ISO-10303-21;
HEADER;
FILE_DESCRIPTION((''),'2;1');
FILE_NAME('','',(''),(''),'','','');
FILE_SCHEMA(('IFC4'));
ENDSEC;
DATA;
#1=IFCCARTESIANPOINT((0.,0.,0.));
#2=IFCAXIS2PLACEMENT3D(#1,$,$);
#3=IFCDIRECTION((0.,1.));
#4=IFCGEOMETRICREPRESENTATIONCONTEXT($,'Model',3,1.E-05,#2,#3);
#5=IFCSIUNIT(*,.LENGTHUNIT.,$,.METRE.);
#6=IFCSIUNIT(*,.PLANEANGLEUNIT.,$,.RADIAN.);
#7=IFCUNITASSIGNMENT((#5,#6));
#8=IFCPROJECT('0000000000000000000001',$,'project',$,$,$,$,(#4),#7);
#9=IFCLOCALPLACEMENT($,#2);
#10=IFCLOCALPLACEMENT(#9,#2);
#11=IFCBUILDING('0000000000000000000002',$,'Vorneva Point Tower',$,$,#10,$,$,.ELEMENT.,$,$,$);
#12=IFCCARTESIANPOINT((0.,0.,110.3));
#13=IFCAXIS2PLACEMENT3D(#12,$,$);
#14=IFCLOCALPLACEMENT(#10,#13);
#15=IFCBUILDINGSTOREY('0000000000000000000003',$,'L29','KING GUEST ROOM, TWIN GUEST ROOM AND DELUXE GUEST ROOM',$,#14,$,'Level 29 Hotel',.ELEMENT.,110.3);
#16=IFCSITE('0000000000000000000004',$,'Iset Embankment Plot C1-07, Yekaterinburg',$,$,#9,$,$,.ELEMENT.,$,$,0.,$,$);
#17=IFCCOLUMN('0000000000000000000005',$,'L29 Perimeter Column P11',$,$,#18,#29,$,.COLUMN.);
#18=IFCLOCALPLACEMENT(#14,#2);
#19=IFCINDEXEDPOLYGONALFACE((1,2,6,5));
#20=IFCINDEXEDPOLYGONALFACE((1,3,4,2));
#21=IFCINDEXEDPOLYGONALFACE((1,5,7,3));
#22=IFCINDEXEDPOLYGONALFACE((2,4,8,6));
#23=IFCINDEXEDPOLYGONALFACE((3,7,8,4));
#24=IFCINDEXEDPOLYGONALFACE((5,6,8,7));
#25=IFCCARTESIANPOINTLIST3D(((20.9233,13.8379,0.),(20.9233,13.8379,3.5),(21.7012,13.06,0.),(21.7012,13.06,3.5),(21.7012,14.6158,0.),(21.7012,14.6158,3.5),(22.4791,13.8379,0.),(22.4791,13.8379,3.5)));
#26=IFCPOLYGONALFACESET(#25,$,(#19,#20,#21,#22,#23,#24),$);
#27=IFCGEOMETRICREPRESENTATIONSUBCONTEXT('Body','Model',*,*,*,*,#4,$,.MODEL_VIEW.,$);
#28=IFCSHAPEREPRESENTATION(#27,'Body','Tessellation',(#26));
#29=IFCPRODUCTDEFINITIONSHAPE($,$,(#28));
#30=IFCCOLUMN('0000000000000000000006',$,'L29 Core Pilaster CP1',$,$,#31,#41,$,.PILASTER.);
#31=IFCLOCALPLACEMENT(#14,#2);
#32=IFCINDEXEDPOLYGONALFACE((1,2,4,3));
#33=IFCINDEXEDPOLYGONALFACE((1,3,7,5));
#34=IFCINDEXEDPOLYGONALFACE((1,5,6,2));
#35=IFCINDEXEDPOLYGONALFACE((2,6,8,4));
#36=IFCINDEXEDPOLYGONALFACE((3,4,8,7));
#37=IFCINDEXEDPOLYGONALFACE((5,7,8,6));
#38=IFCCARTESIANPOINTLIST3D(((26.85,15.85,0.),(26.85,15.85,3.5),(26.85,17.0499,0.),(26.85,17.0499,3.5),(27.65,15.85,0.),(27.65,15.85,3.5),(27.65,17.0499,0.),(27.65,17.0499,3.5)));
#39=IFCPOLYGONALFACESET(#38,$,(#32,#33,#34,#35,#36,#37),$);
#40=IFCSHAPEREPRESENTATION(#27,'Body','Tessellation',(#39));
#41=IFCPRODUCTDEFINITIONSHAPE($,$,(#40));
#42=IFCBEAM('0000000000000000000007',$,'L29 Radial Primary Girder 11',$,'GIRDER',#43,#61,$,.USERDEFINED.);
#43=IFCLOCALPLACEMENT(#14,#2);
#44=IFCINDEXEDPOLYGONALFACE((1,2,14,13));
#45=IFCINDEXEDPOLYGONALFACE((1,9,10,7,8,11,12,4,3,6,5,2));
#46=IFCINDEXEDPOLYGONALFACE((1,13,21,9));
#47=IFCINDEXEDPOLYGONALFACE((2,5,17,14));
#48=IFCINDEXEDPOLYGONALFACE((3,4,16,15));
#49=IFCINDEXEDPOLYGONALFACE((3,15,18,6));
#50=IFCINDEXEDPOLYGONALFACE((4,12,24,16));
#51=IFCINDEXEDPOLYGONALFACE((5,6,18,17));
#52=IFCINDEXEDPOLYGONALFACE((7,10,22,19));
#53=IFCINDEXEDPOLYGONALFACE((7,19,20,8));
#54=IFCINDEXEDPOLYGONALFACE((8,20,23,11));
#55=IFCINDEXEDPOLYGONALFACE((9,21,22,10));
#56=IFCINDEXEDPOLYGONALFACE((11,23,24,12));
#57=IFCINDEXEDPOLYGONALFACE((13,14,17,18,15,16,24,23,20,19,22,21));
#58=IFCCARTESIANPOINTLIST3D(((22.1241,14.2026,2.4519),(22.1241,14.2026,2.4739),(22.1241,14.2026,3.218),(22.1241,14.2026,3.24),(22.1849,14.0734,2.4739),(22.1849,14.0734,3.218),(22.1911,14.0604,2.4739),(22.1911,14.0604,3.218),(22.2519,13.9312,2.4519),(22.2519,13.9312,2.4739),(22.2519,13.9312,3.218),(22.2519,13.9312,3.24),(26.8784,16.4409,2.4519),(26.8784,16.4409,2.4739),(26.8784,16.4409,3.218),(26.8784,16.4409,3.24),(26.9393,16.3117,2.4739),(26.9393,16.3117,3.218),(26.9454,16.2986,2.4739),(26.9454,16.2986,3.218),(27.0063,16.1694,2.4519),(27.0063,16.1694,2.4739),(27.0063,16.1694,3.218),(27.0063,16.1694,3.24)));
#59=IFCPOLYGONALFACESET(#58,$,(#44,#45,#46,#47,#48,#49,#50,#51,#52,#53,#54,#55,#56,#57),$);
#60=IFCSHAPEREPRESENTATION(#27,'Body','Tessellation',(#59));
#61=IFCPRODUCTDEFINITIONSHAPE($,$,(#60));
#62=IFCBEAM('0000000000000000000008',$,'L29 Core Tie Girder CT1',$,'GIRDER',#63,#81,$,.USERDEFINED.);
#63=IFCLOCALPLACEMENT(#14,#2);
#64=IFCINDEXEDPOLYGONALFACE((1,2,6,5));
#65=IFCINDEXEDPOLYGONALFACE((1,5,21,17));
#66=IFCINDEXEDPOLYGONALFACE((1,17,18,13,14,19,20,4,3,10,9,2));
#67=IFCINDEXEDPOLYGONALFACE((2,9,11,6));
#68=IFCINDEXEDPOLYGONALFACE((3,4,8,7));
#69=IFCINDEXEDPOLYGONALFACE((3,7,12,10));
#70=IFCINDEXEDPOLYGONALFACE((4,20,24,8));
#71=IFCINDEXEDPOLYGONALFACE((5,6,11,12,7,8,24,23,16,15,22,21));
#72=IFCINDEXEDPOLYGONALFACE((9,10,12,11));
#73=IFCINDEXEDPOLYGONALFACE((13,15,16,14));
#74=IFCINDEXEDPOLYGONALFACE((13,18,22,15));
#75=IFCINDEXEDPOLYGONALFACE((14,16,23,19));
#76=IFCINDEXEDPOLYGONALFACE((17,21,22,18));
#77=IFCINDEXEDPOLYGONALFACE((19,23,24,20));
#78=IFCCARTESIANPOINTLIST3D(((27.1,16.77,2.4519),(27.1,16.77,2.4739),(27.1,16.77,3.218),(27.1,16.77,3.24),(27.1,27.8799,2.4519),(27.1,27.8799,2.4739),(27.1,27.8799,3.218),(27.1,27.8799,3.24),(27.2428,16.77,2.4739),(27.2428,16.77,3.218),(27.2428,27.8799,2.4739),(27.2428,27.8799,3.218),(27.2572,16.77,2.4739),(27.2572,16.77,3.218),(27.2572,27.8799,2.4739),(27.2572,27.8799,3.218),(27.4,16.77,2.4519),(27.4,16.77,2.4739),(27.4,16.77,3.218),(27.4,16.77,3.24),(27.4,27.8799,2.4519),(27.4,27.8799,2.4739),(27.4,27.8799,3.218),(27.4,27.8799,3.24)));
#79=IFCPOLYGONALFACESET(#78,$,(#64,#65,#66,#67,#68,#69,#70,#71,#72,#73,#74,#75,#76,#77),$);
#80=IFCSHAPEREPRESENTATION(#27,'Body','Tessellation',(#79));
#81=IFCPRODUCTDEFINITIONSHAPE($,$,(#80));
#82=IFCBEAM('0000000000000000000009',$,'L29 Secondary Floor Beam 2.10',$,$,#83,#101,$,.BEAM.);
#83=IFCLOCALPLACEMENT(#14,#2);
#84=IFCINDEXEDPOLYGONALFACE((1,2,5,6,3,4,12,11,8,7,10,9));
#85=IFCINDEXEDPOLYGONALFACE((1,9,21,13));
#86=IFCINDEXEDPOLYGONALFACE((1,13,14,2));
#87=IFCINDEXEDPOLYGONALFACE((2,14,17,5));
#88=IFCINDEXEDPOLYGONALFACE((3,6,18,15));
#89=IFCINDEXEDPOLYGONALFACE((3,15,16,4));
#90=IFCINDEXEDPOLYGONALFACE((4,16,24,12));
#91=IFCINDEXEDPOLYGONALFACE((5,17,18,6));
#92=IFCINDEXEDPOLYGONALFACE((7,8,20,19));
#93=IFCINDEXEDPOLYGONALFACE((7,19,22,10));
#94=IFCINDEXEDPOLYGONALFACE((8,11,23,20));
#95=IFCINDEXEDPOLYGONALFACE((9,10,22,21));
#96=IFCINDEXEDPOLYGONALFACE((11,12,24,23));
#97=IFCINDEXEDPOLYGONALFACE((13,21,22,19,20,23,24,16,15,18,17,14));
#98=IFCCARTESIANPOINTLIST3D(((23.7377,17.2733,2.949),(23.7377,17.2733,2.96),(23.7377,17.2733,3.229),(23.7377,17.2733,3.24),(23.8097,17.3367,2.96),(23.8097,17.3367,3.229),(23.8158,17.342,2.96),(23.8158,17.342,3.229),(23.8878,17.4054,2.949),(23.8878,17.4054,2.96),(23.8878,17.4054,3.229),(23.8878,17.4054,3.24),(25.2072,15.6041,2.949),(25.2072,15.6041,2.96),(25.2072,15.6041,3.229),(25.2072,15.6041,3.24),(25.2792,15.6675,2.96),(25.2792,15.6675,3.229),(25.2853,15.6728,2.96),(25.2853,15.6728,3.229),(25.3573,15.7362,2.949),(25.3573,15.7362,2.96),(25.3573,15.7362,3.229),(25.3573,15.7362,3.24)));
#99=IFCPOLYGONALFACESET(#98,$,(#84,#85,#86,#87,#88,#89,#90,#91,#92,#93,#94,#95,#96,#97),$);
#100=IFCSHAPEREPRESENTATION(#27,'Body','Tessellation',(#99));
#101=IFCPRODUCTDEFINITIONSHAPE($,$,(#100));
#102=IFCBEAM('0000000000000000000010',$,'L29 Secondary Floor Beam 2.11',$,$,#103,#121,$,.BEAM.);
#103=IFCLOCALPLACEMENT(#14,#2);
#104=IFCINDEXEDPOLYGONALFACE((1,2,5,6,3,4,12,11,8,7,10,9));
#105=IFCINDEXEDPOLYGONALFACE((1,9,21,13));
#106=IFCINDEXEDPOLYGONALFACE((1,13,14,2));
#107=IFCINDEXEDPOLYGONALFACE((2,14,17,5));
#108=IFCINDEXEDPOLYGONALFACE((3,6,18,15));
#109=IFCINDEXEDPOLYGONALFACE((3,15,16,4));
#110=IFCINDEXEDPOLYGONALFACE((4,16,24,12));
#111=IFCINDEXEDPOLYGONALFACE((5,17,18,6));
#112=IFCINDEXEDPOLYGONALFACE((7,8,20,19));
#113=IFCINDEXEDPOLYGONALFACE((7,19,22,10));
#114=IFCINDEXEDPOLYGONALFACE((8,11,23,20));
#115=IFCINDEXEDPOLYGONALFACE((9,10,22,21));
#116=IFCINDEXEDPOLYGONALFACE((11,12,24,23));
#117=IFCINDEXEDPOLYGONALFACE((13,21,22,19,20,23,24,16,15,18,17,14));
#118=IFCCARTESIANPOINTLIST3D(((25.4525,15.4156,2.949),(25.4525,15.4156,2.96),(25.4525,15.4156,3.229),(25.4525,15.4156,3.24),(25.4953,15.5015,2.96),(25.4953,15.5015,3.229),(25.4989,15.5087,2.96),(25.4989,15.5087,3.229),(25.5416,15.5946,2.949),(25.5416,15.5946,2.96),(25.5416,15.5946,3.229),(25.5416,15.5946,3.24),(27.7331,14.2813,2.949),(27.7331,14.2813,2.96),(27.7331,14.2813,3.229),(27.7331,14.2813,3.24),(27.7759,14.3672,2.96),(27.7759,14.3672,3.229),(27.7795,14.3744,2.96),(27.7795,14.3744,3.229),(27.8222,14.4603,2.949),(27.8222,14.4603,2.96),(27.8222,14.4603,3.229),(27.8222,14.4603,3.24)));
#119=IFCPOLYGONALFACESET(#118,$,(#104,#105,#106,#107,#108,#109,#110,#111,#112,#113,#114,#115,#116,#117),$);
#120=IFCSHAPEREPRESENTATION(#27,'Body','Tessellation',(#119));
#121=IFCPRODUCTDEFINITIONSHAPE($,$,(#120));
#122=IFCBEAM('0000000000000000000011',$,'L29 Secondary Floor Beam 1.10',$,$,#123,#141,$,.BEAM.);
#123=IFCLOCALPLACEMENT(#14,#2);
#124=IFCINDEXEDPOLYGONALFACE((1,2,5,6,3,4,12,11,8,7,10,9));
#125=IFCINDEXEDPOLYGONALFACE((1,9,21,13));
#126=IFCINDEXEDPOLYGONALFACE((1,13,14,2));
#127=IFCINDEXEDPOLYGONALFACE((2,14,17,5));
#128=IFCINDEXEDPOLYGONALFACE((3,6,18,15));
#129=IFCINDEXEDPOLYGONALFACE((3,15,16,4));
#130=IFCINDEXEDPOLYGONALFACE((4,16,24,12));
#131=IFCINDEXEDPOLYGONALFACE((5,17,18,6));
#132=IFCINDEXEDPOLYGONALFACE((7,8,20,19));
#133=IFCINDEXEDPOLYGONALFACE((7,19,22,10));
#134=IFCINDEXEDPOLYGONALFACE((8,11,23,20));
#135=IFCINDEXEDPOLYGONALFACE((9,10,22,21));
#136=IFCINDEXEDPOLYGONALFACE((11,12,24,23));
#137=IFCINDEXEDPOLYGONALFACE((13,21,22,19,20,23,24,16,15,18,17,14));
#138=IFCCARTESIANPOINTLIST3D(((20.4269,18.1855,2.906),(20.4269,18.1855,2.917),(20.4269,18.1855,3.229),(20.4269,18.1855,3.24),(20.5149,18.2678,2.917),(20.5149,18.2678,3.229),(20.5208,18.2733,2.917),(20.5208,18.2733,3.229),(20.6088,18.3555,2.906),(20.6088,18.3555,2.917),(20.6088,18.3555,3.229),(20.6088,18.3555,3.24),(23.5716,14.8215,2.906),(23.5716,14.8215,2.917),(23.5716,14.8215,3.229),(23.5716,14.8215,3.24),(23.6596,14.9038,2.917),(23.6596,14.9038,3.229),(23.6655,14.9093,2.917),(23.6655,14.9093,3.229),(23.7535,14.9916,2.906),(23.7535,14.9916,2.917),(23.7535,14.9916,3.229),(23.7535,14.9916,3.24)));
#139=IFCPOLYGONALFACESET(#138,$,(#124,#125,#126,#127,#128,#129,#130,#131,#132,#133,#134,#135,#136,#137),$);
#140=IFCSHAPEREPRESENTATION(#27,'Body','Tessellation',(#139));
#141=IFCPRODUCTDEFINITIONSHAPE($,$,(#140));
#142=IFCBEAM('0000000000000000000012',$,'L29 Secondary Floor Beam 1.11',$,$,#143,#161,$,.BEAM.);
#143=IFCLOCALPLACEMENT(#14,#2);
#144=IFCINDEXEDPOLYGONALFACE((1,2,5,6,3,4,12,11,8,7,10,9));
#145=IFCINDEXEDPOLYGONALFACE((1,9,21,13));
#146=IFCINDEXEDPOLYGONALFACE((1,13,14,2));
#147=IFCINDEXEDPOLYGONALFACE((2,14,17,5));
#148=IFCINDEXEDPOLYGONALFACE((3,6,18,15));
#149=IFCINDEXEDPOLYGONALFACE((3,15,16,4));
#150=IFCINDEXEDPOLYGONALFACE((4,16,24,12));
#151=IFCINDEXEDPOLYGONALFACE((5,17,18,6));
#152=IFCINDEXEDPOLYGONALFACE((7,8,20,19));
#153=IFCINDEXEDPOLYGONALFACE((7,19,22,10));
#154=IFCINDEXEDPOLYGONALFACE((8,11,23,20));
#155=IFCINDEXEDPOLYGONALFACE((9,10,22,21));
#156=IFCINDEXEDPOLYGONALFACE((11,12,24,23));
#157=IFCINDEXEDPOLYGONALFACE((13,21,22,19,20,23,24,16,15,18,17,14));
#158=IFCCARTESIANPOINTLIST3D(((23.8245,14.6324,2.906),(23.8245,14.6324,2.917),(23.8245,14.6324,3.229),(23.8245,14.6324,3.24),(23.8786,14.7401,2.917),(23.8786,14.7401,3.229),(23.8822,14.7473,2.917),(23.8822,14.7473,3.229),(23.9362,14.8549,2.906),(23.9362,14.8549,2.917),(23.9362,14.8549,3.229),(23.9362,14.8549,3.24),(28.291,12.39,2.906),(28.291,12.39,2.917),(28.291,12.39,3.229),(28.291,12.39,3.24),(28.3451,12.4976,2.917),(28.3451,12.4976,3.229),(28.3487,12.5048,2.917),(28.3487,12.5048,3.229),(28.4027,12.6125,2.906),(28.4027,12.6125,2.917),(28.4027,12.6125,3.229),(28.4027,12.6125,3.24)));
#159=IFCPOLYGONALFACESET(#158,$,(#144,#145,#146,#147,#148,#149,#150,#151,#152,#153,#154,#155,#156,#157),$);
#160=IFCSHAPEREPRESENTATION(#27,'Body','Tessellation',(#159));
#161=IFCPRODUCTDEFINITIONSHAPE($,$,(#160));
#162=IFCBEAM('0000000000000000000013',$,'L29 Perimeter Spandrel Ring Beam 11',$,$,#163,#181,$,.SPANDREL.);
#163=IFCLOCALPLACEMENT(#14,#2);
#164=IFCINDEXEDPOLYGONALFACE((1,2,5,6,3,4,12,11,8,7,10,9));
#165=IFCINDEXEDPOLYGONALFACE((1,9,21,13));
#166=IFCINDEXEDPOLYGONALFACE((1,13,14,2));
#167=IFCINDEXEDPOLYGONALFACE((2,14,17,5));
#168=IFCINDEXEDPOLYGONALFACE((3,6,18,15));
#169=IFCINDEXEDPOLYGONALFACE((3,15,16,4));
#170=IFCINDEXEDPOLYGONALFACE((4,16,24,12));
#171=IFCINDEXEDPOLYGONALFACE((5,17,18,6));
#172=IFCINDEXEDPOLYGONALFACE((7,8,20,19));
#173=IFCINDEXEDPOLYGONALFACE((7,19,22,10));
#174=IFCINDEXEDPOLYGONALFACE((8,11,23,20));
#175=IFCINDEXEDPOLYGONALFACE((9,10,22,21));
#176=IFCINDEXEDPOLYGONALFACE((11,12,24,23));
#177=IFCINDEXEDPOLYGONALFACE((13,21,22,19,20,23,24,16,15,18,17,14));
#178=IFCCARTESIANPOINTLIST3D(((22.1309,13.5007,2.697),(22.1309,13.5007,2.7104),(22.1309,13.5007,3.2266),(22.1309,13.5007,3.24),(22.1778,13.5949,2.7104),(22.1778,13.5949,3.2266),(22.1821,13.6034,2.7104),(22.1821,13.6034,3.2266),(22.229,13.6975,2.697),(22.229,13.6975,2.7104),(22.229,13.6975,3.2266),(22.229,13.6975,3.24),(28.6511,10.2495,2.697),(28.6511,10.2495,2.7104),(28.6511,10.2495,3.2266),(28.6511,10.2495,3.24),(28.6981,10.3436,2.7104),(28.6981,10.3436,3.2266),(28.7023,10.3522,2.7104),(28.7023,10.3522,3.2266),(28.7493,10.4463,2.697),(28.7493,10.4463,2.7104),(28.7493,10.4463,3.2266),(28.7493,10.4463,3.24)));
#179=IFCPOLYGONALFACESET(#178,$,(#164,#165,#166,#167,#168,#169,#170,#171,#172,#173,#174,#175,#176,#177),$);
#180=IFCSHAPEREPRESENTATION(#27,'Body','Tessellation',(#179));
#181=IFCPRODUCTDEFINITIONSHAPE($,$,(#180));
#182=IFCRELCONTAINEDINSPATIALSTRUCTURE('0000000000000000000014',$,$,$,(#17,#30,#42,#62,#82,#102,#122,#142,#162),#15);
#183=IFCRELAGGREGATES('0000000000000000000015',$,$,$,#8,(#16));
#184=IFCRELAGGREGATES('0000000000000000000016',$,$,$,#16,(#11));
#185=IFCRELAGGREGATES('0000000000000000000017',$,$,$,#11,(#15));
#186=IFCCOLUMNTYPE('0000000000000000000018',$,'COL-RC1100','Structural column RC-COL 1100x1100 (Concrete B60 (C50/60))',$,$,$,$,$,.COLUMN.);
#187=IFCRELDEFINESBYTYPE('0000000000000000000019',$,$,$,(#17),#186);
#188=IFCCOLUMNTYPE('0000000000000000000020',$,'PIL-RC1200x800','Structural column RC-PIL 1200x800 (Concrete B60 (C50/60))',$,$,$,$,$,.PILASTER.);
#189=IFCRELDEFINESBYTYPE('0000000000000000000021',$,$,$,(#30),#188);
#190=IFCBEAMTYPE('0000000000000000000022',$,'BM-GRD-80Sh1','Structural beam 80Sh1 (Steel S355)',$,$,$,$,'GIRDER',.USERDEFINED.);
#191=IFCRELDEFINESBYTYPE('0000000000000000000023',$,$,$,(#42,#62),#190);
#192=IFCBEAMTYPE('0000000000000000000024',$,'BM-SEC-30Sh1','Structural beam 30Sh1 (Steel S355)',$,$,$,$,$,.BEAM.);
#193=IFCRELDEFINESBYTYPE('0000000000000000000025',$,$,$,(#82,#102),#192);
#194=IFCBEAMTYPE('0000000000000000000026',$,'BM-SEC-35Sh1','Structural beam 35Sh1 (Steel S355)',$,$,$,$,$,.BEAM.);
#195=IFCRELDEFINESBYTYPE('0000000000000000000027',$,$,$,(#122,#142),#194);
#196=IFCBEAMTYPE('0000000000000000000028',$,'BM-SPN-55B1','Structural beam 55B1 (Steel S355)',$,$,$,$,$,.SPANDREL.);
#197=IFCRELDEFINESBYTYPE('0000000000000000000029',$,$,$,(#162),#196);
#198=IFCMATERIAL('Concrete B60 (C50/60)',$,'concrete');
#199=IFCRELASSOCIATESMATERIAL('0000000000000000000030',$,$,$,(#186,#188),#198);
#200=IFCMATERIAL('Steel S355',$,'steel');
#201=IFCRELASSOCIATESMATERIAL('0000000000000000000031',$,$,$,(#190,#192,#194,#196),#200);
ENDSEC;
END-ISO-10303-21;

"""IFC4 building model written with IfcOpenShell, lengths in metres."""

from ifc_helpers import new_model, si_unit, direction, frame, origin, origin_2d, place, context, subcontext, project, spatial, rectangle, i_section, extrude, material, material_profile, profile_set, type_object, element, save


model = new_model("IFC4")

# Units and contexts
model_context = context("Model", 3, precision=1e-05, world=origin(), true_north=direction((0.0, 1.0)))
body_context = subcontext(model_context, "Body", "Model", "MODEL_VIEW")
ifc_project = project(units=[si_unit("LENGTHUNIT", "METRE"), si_unit("PLANEANGLEUNIT", "RADIAN")], contexts=[model_context])

# Site, building, storey
site_placement = place(None, origin())
site = spatial("IfcSite", under=ifc_project, at=site_placement, Name="Iset Embankment Plot C1-07, Yekaterinburg", CompositionType="ELEMENT", RefElevation=0.0)
building_placement = place(site_placement, origin())
building = spatial("IfcBuilding", under=site, at=building_placement, Name="Vorneva Point Tower", CompositionType="ELEMENT")
storey_placement = place(building_placement, frame((0.0, 0.0, 110.3)))
storey = spatial("IfcBuildingStorey", under=building, at=storey_placement, Name="L29", Description="KING GUEST ROOM, TWIN GUEST ROOM AND DELUXE GUEST ROOM", LongName="Level 29 Hotel", CompositionType="ELEMENT", Elevation=110.3)

# Columns
ifc_material_1 = material(Name="Concrete B60 (C50/60)", Category="concrete")
ifc_material_profile_1 = material_profile(ifc_material_1, rectangle(XDim=1.1001, YDim=1.1001, at=origin_2d()), Name="RC-COL 1100x1100")
ifc_profile_set_1 = profile_set([ifc_material_profile_1], Name="Concrete B60 (C50/60)")
column_type_1 = type_object("IfcColumnType", Name="COL-RC1100", Description="Structural column RC-COL 1100x1100 (Concrete B60 (C50/60))", PredefinedType="COLUMN", material=ifc_profile_set_1)
column_1_placement = place(storey_placement, frame((21.7012, 13.8379, 0.0), z_axis=(0.0, 0.0, 1.0), x_axis=(-0.707107, -0.707107, 0.0)))
element("IfcColumn", 1, at=column_1_placement, inside=storey, type_object=column_type_1, Name="L29 Perimeter Column P11", PredefinedType="COLUMN", context=body_context, shape_type="SweptSolid", body=[
    extrude(rectangle(XDim=1.1001, YDim=1.1001, at=origin_2d()), origin(), (0.0, 0.0, 1.0), 3.5),
])
ifc_material_profile_2 = material_profile(ifc_material_1, rectangle(XDim=0.8, YDim=1.2, at=origin_2d()), Name="RC-PIL 1200x800")
ifc_profile_set_2 = profile_set([ifc_material_profile_2], Name="Concrete B60 (C50/60)")
column_type_2 = type_object("IfcColumnType", Name="PIL-RC1200x800", Description="Structural column RC-PIL 1200x800 (Concrete B60 (C50/60))", PredefinedType="PILASTER", material=ifc_profile_set_2)
column_2_placement = place(storey_placement, frame((27.25, 16.45, 0.0), z_axis=(0.0, 0.0, 1.0), x_axis=(1.0, 0.0, 0.0)))
element("IfcColumn", 2, at=column_2_placement, inside=storey, type_object=column_type_2, Name="L29 Core Pilaster CP1", PredefinedType="PILASTER", context=body_context, shape_type="SweptSolid", body=[
    extrude(rectangle(XDim=0.8, YDim=1.2, at=origin_2d()), origin(), (0.0, 0.0, 1.0), 3.5),
])

# Beams
ifc_material_2 = material(Name="Steel S355", Category="steel")
ifc_material_profile_3 = material_profile(ifc_material_2, i_section(OverallWidth=0.3, OverallDepth=0.7881, WebThickness=0.0144, FlangeThickness=0.022, at=origin_2d()), Name="80Sh1")
ifc_profile_set_3 = profile_set([ifc_material_profile_3], Name="Steel S355")
beam_type_1 = type_object("IfcBeamType", Name="BM-GRD-80Sh1", Description="Structural beam 80Sh1 (Steel S355)", ElementType="GIRDER", PredefinedType="USERDEFINED", material=ifc_profile_set_3)
beam_1_placement = place(storey_placement, frame((22.188, 14.0669, 2.8459), z_axis=(0.904751, 0.42594, 0.0), x_axis=(-0.42594, 0.904751, 0.0)))
element("IfcBeam", 3, at=beam_1_placement, inside=storey, type_object=beam_type_1, Name="L29 Radial Primary Girder 11", ObjectType="GIRDER", PredefinedType="USERDEFINED", context=body_context, shape_type="SweptSolid", body=[
    extrude(i_section(OverallWidth=0.3, OverallDepth=0.7881, WebThickness=0.0144, FlangeThickness=0.022, at=origin_2d()), origin(), (0.0, 0.0, 1.0), 5.2549),
])
beam_2_placement = place(storey_placement, frame((27.25, 16.77, 2.8459), z_axis=(0.0, 1.0, 0.0), x_axis=(-1.0, 0.0, 0.0)))
element("IfcBeam", 4, at=beam_2_placement, inside=storey, type_object=beam_type_1, Name="L29 Core Tie Girder CT1", ObjectType="GIRDER", PredefinedType="USERDEFINED", context=body_context, shape_type="SweptSolid", body=[
    extrude(i_section(OverallWidth=0.3, OverallDepth=0.7881, WebThickness=0.0144, FlangeThickness=0.022, at=origin_2d()), origin(), (0.0, 0.0, 1.0), 11.1099),
])
ifc_material_profile_4 = material_profile(ifc_material_2, i_section(OverallWidth=0.2, OverallDepth=0.291, WebThickness=0.0081, FlangeThickness=0.011, at=origin_2d()), Name="30Sh1")
ifc_profile_set_4 = profile_set([ifc_material_profile_4], Name="Steel S355")
beam_type_2 = type_object("IfcBeamType", Name="BM-SEC-30Sh1", Description="Structural beam 30Sh1 (Steel S355)", PredefinedType="BEAM", material=ifc_profile_set_4)
beam_3_placement = place(storey_placement, frame((23.8127, 17.3394, 3.0945), z_axis=(0.660779, -0.750581, 0.0), x_axis=(0.750581, 0.660779, 0.0)))
element("IfcBeam", 5, at=beam_3_placement, inside=storey, type_object=beam_type_2, Name="L29 Secondary Floor Beam 2.10", PredefinedType="BEAM", context=body_context, shape_type="SweptSolid", body=[
    extrude(i_section(OverallWidth=0.2, OverallDepth=0.291, WebThickness=0.0081, FlangeThickness=0.011, at=origin_2d()), origin(), (0.0, 0.0, 1.0), 2.2239),
])
beam_4_placement = place(storey_placement, frame((25.4971, 15.5051, 3.0945), z_axis=(0.895365, -0.445334, 0.0), x_axis=(0.445334, 0.895365, 0.0)))
element("IfcBeam", 6, at=beam_4_placement, inside=storey, type_object=beam_type_2, Name="L29 Secondary Floor Beam 2.11", PredefinedType="BEAM", context=body_context, shape_type="SweptSolid", body=[
    extrude(i_section(OverallWidth=0.2, OverallDepth=0.291, WebThickness=0.0081, FlangeThickness=0.011, at=origin_2d()), origin(), (0.0, 0.0, 1.0), 2.5471),
])
ifc_material_profile_5 = material_profile(ifc_material_2, i_section(OverallWidth=0.249, OverallDepth=0.334, WebThickness=0.0081, FlangeThickness=0.011, at=origin_2d()), Name="35Sh1")
ifc_profile_set_5 = profile_set([ifc_material_profile_5], Name="Steel S355")
beam_type_3 = type_object("IfcBeamType", Name="BM-SEC-35Sh1", Description="Structural beam 35Sh1 (Steel S355)", PredefinedType="BEAM", material=ifc_profile_set_5)
beam_5_placement = place(storey_placement, frame((20.5178, 18.2705, 3.073), z_axis=(0.682902, -0.73051, 0.0), x_axis=(0.73051, 0.682902, 0.0)))
element("IfcBeam", 7, at=beam_5_placement, inside=storey, type_object=beam_type_3, Name="L29 Secondary Floor Beam 1.10", PredefinedType="BEAM", context=body_context, shape_type="SweptSolid", body=[
    extrude(i_section(OverallWidth=0.249, OverallDepth=0.334, WebThickness=0.0081, FlangeThickness=0.011, at=origin_2d()), origin(), (0.0, 0.0, 1.0), 4.605),
])
beam_6_placement = place(storey_placement, frame((23.8804, 14.7437, 3.073), z_axis=(0.893693, -0.448678, 0.0), x_axis=(0.448678, 0.893693, 0.0)))
element("IfcBeam", 8, at=beam_6_placement, inside=storey, type_object=beam_type_3, Name="L29 Secondary Floor Beam 1.11", PredefinedType="BEAM", context=body_context, shape_type="SweptSolid", body=[
    extrude(i_section(OverallWidth=0.249, OverallDepth=0.334, WebThickness=0.0081, FlangeThickness=0.011, at=origin_2d()), origin(), (0.0, 0.0, 1.0), 4.9978),
])
ifc_material_profile_6 = material_profile(ifc_material_2, i_section(OverallWidth=0.22, OverallDepth=0.543, WebThickness=0.0095, FlangeThickness=0.0134, at=origin_2d()), Name="55B1")
ifc_profile_set_6 = profile_set([ifc_material_profile_6], Name="Steel S355")
beam_type_4 = type_object("IfcBeamType", Name="BM-SPN-55B1", Description="Structural beam 55B1 (Steel S355)", PredefinedType="SPANDREL", material=ifc_profile_set_6)
beam_7_placement = place(storey_placement, frame((22.1799, 13.5991, 2.9685), z_axis=(0.894916, -0.446235, 0.0), x_axis=(0.446235, 0.894916, 0.0)))
element("IfcBeam", 9, at=beam_7_placement, inside=storey, type_object=beam_type_4, Name="L29 Perimeter Spandrel Ring Beam 11", PredefinedType="SPANDREL", context=body_context, shape_type="SweptSolid", body=[
    extrude(i_section(OverallWidth=0.22, OverallDepth=0.543, WebThickness=0.0095, FlangeThickness=0.0134, at=origin_2d()), origin(), (0.0, 0.0, 1.0), 7.2859),
])

save(model, "model.ifc")
